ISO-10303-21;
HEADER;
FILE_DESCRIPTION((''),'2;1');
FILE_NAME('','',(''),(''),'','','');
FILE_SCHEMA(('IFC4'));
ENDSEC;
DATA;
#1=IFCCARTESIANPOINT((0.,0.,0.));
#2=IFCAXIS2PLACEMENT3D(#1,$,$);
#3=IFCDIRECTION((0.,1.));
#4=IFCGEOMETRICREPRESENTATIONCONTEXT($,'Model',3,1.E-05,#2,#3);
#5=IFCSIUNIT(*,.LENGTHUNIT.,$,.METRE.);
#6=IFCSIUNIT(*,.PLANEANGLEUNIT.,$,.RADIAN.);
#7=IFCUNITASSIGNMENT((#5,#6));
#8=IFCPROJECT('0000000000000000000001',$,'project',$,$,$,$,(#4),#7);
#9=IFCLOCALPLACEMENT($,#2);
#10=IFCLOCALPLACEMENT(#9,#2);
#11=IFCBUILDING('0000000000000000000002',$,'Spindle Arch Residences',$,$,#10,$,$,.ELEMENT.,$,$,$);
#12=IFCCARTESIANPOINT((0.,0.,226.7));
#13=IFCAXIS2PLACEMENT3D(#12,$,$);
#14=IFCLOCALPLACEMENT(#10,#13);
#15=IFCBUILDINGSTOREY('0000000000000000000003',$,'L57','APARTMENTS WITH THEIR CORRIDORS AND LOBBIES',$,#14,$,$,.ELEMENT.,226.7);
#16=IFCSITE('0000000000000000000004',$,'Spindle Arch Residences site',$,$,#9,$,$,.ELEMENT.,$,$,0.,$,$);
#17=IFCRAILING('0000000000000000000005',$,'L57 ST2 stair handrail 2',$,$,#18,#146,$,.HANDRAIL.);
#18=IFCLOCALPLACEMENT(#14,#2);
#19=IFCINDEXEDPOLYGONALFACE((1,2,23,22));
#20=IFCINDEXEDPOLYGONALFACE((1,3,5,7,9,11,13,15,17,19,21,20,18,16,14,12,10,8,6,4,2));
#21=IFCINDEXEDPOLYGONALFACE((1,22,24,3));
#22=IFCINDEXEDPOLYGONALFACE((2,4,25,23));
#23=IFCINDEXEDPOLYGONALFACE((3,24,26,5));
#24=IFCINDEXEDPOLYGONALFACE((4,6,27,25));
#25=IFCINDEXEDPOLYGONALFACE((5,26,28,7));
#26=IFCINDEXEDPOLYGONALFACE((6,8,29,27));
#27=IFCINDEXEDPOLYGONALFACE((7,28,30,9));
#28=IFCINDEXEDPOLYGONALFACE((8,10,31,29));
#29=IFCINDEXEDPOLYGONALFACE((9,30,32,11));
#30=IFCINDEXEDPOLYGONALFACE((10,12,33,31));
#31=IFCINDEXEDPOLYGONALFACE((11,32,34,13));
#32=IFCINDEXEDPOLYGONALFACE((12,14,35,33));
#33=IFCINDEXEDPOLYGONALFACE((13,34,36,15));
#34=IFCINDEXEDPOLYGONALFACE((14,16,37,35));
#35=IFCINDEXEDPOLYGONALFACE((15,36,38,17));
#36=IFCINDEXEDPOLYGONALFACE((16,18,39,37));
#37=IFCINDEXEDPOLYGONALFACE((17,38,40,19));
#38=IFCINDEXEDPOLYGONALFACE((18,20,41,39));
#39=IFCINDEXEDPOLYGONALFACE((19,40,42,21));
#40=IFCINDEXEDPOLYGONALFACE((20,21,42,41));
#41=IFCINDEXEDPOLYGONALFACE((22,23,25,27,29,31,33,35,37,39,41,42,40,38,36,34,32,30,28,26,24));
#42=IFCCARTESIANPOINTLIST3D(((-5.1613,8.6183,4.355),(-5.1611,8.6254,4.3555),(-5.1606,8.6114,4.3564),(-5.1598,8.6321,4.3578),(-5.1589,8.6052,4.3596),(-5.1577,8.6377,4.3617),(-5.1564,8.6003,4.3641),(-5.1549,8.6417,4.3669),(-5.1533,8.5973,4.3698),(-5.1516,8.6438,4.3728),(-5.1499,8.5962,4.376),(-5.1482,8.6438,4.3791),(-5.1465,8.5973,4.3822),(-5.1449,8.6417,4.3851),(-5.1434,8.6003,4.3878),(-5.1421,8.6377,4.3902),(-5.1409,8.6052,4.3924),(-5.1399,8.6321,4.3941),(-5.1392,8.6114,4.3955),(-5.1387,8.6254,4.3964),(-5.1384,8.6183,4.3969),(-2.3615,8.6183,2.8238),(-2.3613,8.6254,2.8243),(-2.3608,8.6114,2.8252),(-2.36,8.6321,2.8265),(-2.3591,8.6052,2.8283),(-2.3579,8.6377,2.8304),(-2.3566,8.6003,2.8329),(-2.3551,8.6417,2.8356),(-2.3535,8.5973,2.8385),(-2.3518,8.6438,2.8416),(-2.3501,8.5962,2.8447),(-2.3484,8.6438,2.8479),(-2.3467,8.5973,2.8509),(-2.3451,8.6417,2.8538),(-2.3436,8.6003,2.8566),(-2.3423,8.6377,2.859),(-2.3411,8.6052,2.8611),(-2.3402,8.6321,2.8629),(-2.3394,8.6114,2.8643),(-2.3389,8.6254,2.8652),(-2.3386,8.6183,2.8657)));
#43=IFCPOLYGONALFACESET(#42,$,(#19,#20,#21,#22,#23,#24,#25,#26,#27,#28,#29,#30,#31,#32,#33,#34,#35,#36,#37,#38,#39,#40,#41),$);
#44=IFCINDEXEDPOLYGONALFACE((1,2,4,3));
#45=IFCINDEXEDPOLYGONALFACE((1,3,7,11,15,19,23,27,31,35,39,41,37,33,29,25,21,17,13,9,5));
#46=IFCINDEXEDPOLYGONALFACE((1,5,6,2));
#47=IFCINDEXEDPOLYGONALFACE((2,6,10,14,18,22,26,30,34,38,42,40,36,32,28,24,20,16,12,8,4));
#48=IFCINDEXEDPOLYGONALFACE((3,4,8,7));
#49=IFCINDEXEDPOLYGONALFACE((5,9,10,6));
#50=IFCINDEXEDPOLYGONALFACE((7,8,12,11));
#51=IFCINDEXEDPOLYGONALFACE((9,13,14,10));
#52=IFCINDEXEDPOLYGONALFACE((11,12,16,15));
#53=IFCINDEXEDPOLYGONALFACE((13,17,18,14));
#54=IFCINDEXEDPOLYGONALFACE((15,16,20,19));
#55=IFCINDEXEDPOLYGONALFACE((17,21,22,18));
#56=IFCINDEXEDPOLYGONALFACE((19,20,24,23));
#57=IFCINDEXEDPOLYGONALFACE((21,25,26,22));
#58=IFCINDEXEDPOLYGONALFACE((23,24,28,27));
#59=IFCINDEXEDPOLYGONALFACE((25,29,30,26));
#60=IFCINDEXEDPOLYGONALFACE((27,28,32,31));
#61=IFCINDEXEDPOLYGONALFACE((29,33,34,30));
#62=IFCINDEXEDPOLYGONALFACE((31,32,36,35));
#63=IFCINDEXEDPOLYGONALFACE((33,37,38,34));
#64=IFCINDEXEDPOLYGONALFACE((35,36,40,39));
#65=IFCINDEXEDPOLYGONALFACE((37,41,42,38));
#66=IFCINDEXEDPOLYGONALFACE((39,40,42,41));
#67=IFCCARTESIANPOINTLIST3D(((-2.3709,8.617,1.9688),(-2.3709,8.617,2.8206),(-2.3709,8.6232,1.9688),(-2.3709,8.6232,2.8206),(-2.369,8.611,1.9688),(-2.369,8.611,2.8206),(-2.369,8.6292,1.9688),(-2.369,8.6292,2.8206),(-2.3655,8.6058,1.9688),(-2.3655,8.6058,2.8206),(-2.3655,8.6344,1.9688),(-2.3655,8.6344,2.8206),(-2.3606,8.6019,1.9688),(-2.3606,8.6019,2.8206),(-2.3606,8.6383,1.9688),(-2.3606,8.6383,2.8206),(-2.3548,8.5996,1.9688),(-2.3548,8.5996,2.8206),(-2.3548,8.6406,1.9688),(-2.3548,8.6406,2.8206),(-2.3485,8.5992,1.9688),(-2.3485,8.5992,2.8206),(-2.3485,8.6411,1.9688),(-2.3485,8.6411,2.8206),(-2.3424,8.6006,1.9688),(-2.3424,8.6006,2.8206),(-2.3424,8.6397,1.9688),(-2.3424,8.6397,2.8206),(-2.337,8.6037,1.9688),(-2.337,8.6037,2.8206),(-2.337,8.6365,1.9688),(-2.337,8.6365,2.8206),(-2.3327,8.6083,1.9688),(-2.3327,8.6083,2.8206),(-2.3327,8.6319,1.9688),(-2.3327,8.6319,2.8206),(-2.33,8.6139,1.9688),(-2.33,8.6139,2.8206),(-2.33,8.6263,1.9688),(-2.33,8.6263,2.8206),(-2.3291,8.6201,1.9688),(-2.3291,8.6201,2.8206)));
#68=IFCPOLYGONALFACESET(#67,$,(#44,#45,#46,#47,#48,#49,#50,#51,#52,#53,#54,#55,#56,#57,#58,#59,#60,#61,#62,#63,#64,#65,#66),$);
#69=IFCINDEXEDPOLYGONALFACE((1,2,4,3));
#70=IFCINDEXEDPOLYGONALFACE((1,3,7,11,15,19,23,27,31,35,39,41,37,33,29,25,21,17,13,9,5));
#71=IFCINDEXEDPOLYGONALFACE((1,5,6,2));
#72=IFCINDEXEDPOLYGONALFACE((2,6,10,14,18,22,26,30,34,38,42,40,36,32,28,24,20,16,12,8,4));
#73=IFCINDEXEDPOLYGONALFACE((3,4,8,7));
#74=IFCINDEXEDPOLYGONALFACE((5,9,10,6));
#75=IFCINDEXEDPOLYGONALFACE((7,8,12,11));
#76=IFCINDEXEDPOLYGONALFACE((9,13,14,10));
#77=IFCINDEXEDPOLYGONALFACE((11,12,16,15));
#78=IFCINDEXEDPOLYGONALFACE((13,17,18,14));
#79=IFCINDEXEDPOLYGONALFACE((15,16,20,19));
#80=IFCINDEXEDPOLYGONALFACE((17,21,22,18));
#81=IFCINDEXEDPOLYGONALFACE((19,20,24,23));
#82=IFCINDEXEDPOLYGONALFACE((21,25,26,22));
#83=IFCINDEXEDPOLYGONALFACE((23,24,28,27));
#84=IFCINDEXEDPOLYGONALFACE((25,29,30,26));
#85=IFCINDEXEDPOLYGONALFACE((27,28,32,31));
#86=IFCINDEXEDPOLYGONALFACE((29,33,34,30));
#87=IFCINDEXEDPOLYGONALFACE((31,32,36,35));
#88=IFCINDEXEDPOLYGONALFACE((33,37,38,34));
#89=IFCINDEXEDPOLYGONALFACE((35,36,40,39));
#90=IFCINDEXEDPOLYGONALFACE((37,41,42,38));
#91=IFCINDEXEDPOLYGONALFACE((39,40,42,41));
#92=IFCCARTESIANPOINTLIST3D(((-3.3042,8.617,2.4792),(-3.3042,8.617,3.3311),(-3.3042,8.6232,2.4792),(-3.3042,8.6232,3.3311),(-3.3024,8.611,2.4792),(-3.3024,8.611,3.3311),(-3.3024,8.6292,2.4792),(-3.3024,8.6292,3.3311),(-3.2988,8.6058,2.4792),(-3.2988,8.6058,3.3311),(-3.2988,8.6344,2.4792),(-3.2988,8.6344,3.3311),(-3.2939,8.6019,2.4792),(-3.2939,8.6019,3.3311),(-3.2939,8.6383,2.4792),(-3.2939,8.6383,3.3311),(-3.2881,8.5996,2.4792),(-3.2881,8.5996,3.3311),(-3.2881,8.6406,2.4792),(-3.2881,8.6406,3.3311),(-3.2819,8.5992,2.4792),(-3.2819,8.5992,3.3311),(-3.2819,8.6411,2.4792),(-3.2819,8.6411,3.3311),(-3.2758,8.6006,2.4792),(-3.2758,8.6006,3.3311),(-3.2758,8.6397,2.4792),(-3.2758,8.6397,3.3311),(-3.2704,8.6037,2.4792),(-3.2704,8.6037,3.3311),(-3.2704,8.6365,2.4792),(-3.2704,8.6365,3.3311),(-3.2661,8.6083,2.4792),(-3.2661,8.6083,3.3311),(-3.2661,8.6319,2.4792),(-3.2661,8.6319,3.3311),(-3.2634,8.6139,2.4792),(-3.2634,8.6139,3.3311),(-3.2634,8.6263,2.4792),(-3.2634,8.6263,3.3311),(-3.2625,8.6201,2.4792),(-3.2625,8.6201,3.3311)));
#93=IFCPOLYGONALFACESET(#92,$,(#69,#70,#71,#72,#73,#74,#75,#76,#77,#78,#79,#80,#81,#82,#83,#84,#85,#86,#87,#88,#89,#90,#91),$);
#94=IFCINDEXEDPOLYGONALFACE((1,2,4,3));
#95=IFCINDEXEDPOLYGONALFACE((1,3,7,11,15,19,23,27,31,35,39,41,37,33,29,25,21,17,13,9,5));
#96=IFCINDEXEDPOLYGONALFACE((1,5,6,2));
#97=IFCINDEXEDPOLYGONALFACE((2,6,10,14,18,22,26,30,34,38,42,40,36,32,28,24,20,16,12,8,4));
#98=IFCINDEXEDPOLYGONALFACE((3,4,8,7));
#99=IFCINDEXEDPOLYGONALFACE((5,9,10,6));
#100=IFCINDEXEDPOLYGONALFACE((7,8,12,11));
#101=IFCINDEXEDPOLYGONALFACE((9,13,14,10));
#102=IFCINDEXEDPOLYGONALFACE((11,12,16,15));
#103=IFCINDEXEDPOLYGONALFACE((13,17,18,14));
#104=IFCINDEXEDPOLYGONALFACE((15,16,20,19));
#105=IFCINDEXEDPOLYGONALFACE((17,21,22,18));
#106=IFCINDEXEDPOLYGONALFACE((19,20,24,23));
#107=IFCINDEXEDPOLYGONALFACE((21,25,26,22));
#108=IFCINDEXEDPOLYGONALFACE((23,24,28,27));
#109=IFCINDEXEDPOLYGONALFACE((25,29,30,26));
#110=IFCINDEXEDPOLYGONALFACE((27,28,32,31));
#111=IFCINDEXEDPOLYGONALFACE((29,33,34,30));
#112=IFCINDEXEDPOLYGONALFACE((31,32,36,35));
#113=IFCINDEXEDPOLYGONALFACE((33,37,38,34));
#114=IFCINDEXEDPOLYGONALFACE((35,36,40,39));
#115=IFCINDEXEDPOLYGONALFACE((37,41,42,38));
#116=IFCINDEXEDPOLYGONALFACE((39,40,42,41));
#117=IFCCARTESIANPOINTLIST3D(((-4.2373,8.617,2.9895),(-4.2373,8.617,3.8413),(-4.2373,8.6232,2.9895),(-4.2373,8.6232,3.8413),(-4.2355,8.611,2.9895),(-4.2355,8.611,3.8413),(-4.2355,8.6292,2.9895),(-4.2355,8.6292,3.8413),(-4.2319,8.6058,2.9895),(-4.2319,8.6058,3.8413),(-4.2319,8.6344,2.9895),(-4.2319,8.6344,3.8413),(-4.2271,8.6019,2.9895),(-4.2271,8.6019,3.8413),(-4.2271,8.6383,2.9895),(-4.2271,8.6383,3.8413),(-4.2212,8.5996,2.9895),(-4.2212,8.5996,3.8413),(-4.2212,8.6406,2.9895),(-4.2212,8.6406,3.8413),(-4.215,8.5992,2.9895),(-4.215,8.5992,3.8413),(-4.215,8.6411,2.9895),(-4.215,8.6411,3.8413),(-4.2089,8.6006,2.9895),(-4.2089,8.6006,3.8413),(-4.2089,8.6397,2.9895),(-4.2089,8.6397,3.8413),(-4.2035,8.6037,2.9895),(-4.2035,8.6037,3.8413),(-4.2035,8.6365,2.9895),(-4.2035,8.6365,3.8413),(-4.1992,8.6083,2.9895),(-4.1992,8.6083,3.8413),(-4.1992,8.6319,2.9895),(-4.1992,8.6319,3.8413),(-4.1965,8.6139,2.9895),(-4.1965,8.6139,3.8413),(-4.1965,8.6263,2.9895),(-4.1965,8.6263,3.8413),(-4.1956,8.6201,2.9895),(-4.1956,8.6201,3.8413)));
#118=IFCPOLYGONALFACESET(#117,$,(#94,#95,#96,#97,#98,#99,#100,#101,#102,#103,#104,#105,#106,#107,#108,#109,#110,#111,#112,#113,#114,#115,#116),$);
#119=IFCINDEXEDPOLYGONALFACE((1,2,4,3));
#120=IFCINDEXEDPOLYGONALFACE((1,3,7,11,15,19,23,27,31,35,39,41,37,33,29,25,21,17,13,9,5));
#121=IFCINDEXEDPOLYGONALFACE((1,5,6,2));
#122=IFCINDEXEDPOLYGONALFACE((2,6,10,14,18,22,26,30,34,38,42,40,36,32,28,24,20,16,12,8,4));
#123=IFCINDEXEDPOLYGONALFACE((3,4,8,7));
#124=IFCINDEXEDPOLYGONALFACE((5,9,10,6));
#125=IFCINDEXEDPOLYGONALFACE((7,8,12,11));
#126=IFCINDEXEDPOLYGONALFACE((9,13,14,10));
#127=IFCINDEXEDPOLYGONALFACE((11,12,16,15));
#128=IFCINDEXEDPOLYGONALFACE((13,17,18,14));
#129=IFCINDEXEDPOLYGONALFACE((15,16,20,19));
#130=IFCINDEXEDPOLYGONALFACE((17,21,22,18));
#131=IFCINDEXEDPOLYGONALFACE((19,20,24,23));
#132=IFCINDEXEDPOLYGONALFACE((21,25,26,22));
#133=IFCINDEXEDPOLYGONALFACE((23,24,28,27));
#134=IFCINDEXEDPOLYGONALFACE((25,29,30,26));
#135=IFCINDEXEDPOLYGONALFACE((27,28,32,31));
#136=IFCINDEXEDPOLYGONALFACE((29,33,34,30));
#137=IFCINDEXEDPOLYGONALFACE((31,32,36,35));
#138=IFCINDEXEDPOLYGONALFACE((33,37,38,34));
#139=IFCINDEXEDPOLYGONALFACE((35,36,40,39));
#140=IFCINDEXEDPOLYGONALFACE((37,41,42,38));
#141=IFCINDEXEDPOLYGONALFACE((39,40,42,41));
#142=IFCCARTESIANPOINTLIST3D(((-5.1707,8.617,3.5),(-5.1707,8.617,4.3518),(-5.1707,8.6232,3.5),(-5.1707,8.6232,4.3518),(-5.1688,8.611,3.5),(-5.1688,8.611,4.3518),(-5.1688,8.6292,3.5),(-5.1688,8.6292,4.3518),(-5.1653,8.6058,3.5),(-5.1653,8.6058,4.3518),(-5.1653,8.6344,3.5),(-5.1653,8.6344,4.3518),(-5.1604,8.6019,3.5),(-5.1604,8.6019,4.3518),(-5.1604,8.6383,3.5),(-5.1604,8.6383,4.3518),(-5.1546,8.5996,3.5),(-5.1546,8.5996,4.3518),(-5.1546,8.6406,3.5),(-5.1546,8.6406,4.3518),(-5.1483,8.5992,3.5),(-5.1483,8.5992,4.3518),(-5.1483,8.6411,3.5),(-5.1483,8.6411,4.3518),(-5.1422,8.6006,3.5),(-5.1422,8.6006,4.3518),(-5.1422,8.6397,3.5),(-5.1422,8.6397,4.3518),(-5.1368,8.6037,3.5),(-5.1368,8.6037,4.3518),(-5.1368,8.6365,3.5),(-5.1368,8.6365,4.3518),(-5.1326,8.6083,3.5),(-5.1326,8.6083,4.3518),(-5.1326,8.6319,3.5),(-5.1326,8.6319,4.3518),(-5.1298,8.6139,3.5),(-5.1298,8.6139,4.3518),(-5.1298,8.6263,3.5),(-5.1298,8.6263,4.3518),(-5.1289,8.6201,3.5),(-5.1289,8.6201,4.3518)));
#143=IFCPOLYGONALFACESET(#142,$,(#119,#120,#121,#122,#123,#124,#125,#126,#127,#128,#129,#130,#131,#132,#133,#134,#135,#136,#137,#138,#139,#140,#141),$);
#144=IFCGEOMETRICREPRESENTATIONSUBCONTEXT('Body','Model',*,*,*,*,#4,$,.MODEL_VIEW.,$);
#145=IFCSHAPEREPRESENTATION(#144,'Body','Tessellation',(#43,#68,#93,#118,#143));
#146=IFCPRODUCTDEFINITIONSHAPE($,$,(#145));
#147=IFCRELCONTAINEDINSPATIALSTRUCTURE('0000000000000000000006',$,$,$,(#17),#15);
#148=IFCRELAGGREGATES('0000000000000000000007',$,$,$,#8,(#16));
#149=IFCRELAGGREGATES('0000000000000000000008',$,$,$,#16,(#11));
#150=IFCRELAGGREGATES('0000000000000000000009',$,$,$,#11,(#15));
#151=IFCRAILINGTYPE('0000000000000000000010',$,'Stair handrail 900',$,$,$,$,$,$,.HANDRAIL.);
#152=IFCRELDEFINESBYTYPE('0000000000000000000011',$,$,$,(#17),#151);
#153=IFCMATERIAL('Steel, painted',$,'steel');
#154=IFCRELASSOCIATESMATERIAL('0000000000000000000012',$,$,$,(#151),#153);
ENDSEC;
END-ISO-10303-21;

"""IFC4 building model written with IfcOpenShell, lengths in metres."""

from ifc_helpers import new_model, si_unit, direction, frame, origin, origin_2d, place, context, subcontext, project, spatial, circle, extrude, material, type_object, element, save


model = new_model("IFC4")

# Units and contexts
model_context = context("Model", 3, precision=1e-05, world=origin(), true_north=direction((0.0, 1.0)))
body_context = subcontext(model_context, "Body", "Model", "MODEL_VIEW")
ifc_project = project(units=[si_unit("LENGTHUNIT", "METRE"), si_unit("PLANEANGLEUNIT", "RADIAN")], contexts=[model_context])

# Site, building, storey
site_placement = place(None, origin())
site = spatial("IfcSite", under=ifc_project, at=site_placement, Name="Spindle Arch Residences site", CompositionType="ELEMENT", RefElevation=0.0)
building_placement = place(site_placement, origin())
building = spatial("IfcBuilding", under=site, at=building_placement, Name="Spindle Arch Residences", CompositionType="ELEMENT")
storey_placement = place(building_placement, frame((0.0, 0.0, 226.7)))
storey = spatial("IfcBuildingStorey", under=building, at=storey_placement, Name="L57", Description="APARTMENTS WITH THEIR CORRIDORS AND LOBBIES", CompositionType="ELEMENT", Elevation=226.7)

# Railing
ifc_material_1 = material(Name="Steel, painted", Category="steel")
railing_type_1 = type_object("IfcRailingType", Name="Stair handrail 900", PredefinedType="HANDRAIL", material=ifc_material_1)
railing_1_placement = place(storey_placement, frame((-2.3501, 8.6201, 1.9688)))
element("IfcRailing", 1, at=railing_1_placement, inside=storey, type_object=railing_type_1, Name="L57 ST2 stair handrail 2", PredefinedType="HANDRAIL", context=body_context, shape_type="SweptSolid", body=[
    extrude(circle(Radius=0.0239, at=origin_2d()), frame((0.0, 0.0, 0.876), z_axis=(-0.877357, 0.0, 0.479838), x_axis=(0.0, -1.0, 0.0)), (0.0, 0.0, 1.0), 3.1912),
    extrude(circle(Radius=0.021, at=origin_2d()), origin(), (0.0, 0.0, 1.0), 0.8518),
    extrude(circle(Radius=0.021, at=origin_2d()), frame((-0.9333, 0.0, 0.5105)), (0.0, 0.0, 1.0), 0.8518),
    extrude(circle(Radius=0.021, at=origin_2d()), frame((-1.8665, 0.0, 1.0208)), (0.0, 0.0, 1.0), 0.8518),
    extrude(circle(Radius=0.021, at=origin_2d()), frame((-2.7998, 0.0, 1.5312)), (0.0, 0.0, 1.0), 0.8518),
])

save(model, "model.ifc")
